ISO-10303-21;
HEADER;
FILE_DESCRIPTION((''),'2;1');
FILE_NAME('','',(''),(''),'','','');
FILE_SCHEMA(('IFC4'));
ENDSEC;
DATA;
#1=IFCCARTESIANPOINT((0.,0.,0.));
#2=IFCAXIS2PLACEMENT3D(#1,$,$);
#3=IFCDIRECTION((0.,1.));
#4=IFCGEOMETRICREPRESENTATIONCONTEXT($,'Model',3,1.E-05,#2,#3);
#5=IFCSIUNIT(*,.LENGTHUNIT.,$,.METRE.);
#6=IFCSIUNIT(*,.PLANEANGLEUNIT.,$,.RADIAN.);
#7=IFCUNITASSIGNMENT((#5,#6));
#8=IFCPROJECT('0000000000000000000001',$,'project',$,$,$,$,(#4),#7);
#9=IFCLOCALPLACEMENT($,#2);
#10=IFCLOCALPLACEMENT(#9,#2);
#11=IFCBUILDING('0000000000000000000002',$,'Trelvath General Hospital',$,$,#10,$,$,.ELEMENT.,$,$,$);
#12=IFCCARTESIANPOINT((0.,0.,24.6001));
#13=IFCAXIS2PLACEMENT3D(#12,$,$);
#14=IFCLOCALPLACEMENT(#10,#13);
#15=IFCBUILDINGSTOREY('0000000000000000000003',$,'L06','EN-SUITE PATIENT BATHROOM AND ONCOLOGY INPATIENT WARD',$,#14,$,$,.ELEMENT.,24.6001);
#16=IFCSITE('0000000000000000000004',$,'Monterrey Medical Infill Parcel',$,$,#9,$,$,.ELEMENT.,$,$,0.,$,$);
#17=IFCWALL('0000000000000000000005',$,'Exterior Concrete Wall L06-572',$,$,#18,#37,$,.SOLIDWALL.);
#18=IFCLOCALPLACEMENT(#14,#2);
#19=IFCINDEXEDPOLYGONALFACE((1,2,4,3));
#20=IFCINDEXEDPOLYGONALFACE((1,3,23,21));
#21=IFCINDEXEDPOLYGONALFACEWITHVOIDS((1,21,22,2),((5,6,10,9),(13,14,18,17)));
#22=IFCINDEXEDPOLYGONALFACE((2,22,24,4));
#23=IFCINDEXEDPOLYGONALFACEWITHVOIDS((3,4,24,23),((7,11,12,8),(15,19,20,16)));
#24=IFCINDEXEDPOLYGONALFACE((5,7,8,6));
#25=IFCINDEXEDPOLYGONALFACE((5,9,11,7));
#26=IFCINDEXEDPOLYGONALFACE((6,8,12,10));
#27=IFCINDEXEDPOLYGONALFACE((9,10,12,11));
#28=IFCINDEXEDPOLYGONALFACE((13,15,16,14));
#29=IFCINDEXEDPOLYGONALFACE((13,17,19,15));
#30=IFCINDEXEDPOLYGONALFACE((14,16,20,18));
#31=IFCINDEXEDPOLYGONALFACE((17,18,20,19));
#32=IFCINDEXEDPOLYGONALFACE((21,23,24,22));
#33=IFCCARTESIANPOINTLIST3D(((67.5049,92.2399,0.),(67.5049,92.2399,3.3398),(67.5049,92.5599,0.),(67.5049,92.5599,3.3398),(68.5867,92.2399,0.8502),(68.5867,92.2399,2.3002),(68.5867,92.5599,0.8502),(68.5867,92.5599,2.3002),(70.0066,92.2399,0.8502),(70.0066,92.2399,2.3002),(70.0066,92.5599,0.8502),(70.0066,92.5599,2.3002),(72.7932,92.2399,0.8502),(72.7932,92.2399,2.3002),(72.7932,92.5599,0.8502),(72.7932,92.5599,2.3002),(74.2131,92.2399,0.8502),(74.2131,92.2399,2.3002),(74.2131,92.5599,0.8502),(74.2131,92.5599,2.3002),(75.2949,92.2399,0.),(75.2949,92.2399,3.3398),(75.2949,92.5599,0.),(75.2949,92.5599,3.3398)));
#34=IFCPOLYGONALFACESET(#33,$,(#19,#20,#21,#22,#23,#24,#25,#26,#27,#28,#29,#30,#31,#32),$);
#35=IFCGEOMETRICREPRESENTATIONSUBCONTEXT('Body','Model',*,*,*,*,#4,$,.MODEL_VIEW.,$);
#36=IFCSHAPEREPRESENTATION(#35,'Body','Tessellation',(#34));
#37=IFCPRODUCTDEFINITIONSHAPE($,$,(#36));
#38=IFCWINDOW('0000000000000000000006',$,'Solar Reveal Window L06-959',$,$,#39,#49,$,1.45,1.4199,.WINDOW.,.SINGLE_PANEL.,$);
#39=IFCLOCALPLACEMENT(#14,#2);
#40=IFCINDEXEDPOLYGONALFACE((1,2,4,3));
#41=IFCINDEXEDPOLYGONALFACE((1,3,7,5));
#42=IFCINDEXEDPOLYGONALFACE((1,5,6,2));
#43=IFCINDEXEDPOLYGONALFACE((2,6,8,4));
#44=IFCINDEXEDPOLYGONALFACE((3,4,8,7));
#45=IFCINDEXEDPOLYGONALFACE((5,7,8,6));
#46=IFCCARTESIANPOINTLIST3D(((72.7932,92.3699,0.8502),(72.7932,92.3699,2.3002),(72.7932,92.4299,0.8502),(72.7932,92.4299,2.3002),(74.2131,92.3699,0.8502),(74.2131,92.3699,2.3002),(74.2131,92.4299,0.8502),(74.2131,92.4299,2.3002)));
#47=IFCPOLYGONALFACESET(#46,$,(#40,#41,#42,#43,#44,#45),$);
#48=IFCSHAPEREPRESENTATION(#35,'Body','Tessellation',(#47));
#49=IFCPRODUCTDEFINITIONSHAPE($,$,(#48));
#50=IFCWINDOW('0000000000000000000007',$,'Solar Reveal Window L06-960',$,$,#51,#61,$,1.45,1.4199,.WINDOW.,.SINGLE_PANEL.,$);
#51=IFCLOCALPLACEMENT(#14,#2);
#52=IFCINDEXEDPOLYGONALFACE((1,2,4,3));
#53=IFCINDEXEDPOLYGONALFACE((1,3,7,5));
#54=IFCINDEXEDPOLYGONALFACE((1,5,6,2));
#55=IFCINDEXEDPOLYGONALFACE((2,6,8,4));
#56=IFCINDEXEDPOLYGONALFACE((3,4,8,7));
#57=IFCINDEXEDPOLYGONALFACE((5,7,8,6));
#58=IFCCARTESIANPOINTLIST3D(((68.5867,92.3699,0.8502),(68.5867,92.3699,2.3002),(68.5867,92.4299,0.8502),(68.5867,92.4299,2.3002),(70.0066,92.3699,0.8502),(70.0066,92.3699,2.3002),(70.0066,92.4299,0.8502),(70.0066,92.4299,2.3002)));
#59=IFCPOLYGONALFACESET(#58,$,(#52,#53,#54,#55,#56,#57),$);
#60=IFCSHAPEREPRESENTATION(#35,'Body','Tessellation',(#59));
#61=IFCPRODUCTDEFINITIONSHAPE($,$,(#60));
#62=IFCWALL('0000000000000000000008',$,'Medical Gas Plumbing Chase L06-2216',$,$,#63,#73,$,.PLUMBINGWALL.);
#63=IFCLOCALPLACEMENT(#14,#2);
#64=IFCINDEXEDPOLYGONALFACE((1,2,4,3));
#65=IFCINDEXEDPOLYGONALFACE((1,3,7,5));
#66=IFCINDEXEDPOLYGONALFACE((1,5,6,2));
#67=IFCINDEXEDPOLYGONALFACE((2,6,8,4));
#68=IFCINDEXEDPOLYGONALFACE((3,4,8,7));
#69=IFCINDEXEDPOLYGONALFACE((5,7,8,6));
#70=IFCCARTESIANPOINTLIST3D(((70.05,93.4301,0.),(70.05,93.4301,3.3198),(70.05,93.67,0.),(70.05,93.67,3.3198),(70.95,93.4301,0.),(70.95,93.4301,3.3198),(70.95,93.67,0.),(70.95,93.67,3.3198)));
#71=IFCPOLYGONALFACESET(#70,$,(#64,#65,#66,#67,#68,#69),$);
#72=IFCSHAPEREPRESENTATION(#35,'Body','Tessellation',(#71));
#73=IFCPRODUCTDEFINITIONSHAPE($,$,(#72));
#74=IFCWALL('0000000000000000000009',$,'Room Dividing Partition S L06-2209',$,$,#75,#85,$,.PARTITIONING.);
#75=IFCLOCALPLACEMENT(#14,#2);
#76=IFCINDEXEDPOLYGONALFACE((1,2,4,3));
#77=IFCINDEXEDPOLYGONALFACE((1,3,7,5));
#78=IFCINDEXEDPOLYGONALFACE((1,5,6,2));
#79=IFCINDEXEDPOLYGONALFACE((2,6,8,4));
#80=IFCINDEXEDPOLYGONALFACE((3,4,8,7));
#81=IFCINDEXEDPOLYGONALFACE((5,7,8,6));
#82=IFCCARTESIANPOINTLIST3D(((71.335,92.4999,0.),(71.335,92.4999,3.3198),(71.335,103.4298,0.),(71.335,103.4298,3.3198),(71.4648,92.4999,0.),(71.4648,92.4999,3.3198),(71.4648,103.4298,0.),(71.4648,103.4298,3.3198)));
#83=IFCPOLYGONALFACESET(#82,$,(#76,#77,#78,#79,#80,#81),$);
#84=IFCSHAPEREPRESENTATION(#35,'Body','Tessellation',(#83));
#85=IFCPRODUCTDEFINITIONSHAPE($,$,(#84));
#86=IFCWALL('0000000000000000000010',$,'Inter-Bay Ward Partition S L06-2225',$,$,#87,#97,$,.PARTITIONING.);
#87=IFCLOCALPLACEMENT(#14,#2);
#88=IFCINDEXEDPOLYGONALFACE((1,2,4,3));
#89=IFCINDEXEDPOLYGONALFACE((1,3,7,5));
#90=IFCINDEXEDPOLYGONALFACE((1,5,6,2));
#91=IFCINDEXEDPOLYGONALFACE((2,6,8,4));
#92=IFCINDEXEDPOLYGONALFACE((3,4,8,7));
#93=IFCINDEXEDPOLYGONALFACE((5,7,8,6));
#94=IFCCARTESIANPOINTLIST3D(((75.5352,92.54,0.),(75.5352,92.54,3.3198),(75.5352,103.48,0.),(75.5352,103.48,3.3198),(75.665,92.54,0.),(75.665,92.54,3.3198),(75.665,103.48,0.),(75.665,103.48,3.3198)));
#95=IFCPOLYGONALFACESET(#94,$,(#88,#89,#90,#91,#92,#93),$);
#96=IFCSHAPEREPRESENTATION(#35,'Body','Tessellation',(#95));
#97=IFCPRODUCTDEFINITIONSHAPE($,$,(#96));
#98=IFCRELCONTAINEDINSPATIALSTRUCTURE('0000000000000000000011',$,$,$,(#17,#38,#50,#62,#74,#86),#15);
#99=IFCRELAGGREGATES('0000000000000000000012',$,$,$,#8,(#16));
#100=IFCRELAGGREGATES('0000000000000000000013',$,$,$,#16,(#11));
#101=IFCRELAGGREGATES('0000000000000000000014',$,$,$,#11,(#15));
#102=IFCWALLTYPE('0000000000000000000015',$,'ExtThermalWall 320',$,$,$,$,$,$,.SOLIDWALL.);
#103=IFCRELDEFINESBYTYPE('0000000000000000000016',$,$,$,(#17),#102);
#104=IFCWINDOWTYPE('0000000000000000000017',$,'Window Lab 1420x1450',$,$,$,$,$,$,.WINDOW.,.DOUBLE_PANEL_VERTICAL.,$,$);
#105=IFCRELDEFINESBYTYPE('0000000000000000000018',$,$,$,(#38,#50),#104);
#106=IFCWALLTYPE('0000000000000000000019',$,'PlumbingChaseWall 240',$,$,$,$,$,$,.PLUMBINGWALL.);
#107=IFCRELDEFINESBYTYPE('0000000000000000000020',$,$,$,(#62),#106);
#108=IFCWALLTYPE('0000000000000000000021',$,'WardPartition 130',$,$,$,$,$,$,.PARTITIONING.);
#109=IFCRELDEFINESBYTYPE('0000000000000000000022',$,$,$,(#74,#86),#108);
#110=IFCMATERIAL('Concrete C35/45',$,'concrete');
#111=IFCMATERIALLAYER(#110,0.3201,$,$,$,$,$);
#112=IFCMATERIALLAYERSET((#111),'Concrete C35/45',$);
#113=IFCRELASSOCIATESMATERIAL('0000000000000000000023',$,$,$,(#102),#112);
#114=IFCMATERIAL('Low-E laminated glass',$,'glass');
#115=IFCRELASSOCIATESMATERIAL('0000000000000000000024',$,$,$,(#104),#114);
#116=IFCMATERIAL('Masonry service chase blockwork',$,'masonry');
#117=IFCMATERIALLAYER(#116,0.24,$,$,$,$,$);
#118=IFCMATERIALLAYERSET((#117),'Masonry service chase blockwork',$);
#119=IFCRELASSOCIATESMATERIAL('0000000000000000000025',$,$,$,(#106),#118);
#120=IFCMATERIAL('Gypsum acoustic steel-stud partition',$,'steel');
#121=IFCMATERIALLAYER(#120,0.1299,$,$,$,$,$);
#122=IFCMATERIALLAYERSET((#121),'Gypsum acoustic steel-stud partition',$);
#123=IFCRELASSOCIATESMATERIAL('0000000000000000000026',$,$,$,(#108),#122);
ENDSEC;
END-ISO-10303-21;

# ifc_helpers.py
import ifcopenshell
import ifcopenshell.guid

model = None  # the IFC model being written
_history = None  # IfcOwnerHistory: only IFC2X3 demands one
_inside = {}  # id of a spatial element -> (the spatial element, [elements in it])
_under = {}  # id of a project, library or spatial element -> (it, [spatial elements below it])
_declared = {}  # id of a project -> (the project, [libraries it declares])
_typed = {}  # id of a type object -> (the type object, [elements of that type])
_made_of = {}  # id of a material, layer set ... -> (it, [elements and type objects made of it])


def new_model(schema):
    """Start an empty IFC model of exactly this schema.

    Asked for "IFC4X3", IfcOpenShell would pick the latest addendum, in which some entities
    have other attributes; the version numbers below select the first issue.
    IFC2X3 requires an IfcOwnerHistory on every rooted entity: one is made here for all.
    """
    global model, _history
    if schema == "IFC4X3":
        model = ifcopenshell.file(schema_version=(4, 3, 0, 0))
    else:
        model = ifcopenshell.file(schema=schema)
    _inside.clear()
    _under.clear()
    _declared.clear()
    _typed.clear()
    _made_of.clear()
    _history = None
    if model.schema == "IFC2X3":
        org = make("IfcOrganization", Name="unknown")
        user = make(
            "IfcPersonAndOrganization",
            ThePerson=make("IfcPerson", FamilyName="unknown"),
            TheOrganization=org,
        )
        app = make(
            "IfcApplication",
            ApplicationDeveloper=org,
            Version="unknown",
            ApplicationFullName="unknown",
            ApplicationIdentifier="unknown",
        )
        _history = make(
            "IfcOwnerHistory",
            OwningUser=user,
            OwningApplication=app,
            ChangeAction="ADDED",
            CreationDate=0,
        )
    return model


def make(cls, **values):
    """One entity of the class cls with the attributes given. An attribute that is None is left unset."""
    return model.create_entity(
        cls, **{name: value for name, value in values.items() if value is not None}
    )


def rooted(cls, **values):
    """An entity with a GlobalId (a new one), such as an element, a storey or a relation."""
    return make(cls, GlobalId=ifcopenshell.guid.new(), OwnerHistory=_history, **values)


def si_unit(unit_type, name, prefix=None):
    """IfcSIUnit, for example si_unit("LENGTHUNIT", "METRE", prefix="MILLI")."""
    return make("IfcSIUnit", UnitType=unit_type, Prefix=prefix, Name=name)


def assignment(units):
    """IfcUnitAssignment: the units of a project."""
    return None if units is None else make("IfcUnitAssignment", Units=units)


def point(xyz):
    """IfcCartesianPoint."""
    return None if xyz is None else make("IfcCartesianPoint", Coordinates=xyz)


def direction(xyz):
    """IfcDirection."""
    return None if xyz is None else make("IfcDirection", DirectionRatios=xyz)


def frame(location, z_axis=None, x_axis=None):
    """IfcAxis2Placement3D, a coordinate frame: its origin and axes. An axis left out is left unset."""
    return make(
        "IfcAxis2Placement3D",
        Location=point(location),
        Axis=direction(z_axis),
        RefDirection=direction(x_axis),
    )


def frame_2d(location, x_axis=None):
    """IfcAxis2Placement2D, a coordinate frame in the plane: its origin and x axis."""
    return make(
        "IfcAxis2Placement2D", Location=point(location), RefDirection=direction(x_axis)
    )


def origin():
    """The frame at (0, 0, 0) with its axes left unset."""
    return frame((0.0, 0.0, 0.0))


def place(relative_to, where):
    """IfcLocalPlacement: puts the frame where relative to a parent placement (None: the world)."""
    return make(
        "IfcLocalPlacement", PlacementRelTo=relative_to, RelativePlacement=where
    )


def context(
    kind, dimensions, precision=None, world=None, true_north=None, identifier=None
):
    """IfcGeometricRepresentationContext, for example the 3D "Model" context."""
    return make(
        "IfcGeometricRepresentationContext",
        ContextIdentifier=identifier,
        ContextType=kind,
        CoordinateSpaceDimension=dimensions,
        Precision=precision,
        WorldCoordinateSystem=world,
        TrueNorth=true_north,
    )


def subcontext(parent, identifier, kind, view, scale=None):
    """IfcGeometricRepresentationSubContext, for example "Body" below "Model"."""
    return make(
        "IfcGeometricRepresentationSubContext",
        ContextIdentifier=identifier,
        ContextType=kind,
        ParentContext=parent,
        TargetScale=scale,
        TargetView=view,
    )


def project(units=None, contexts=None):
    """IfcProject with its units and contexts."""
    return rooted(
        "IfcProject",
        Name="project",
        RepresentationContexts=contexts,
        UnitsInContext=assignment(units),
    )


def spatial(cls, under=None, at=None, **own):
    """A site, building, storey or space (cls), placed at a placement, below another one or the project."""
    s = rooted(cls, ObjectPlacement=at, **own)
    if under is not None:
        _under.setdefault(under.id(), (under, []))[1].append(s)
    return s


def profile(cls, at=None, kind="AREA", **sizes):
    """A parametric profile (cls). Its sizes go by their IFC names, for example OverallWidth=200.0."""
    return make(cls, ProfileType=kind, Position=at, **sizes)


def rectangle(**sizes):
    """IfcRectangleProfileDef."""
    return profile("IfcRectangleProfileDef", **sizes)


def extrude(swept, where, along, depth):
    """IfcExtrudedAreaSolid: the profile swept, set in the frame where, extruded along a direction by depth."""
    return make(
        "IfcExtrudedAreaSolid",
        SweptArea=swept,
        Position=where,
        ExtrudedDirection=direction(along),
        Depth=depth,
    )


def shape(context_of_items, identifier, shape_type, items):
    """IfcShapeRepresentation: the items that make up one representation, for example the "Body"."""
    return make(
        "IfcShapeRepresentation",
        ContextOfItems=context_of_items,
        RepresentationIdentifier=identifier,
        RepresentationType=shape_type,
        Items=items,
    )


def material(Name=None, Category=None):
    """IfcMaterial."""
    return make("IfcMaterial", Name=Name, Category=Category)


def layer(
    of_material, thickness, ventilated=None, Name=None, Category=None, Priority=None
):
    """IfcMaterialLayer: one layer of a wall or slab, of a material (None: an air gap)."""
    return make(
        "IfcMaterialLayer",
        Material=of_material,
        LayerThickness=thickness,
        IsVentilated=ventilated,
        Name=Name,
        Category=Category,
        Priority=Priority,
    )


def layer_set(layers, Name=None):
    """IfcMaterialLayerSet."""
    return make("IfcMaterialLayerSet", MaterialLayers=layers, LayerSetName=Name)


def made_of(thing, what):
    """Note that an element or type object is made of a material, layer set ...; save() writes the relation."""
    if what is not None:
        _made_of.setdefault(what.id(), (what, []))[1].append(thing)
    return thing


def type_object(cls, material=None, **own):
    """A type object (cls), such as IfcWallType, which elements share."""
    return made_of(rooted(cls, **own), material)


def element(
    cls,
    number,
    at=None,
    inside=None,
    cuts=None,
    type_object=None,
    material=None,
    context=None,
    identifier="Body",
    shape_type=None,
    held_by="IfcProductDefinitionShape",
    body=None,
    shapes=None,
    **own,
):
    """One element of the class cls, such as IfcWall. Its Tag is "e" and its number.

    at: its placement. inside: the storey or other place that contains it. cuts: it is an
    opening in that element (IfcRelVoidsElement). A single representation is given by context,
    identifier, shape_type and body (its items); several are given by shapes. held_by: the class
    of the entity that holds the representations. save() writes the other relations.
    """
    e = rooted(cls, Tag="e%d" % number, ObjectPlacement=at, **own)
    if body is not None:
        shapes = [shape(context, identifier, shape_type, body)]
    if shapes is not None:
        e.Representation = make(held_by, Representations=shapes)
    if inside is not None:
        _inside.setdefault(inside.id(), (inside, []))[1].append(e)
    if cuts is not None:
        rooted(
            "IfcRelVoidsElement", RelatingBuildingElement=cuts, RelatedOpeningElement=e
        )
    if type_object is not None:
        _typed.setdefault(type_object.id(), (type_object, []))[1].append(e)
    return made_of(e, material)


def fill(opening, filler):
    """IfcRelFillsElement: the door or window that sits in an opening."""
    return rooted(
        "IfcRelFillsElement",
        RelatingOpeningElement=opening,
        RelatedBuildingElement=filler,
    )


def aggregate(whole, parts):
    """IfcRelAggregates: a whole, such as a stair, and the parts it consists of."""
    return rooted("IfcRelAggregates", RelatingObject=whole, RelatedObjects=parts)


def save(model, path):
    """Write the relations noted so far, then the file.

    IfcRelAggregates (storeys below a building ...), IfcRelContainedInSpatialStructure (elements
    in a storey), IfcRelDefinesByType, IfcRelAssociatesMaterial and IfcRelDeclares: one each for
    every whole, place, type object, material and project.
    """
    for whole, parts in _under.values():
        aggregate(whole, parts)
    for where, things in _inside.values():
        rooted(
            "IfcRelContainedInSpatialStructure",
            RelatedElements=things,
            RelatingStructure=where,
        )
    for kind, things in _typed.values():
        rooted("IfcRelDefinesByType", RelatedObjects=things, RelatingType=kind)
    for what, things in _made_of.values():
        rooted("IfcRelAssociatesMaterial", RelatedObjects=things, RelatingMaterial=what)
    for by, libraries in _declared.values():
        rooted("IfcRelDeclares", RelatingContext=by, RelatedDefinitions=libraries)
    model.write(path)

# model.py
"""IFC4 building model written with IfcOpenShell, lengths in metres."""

from ifc_helpers import new_model, si_unit, direction, frame, frame_2d, origin, place, context, subcontext, project, spatial, rectangle, extrude, material, layer, layer_set, type_object, element, fill, save


model = new_model("IFC4")

# Units and contexts
model_context = context("Model", 3, precision=1e-05, world=origin(), true_north=direction((0.0, 1.0)))
body_context = subcontext(model_context, "Body", "Model", "MODEL_VIEW")
ifc_project = project(units=[si_unit("LENGTHUNIT", "METRE"), si_unit("PLANEANGLEUNIT", "RADIAN")], contexts=[model_context])

# Site, building, storey
site_placement = place(None, origin())
site = spatial("IfcSite", under=ifc_project, at=site_placement, Name="Monterrey Medical Infill Parcel", CompositionType="ELEMENT", RefElevation=0.0)
building_placement = place(site_placement, origin())
building = spatial("IfcBuilding", under=site, at=building_placement, Name="Trelvath General Hospital", CompositionType="ELEMENT")
storey_placement = place(building_placement, frame((0.0, 0.0, 24.6001)))
storey = spatial("IfcBuildingStorey", under=building, at=storey_placement, Name="L06", Description="EN-SUITE PATIENT BATHROOM AND ONCOLOGY INPATIENT WARD", CompositionType="ELEMENT", Elevation=24.6001)

# Wall, openings, windows
ifc_material_1 = material(Name="Concrete C35/45", Category="concrete")
ifc_layer_1 = layer(ifc_material_1, 0.3201)
ifc_layer_set_1 = layer_set([ifc_layer_1], Name="Concrete C35/45")
wall_type_1 = type_object("IfcWallType", Name="ExtThermalWall 320", PredefinedType="SOLIDWALL", material=ifc_layer_set_1)
wall_1_placement = place(storey_placement, frame((75.2949, 92.3999, 0.0), z_axis=(0.0, 0.0, 1.0), x_axis=(-1.0, 0.0, 0.0)))
wall_1 = element("IfcWall", 1, at=wall_1_placement, inside=storey, type_object=wall_type_1, Name="Exterior Concrete Wall L06-572", PredefinedType="SOLIDWALL", context=body_context, shape_type="SweptSolid", body=[
    extrude(rectangle(XDim=7.79, YDim=0.3201, at=frame_2d((3.895, 0.0))), origin(), (0.0, 0.0, 1.0), 3.3398),
])
opening_1_placement = place(wall_1_placement, frame((1.0818, 0.0, 0.8501)))
opening_1 = element("IfcOpeningElement", 2, at=opening_1_placement, cuts=wall_1, PredefinedType="OPENING", context=body_context, shape_type="SweptSolid", body=[
    extrude(rectangle(XDim=1.4199, YDim=1.45, at=frame_2d((0.71, 0.7251))), frame((0.0, 0.1699, 0.0), z_axis=(0.0, -1.0, 0.0), x_axis=(1.0, 0.0, 0.0)), (0.0, 0.0, 1.0), 0.3401),
])
opening_2_placement = place(wall_1_placement, frame((5.2883, 0.0, 0.8501)))
opening_2 = element("IfcOpeningElement", 3, at=opening_2_placement, cuts=wall_1, PredefinedType="OPENING", context=body_context, shape_type="SweptSolid", body=[
    extrude(rectangle(XDim=1.4199, YDim=1.45, at=frame_2d((0.71, 0.7251))), frame((0.0, 0.1699, 0.0), z_axis=(0.0, -1.0, 0.0), x_axis=(1.0, 0.0, 0.0)), (0.0, 0.0, 1.0), 0.3401),
])
ifc_material_2 = material(Name="Low-E laminated glass", Category="glass")
window_type = type_object("IfcWindowType", Name="Window Lab 1420x1450", PartitioningType="DOUBLE_PANEL_VERTICAL", PredefinedType="WINDOW", material=ifc_material_2)
window_1_placement = place(opening_1_placement, origin())
window_1 = element("IfcWindow", 4, at=window_1_placement, inside=storey, type_object=window_type, Name="Solar Reveal Window L06-959", OverallHeight=1.45, OverallWidth=1.4199, PartitioningType="SINGLE_PANEL", PredefinedType="WINDOW", context=body_context, shape_type="SweptSolid", body=[
    extrude(rectangle(XDim=1.4199, YDim=1.45, at=frame_2d((0.71, 0.7251))), frame((0.0, 0.03, 0.0), z_axis=(0.0, -1.0, 0.0), x_axis=(1.0, 0.0, 0.0)), (0.0, 0.0, 1.0), 0.0601),
])
fill(opening_1, window_1)
window_2_placement = place(opening_2_placement, origin())
window_2 = element("IfcWindow", 5, at=window_2_placement, inside=storey, type_object=window_type, Name="Solar Reveal Window L06-960", OverallHeight=1.45, OverallWidth=1.4199, PartitioningType="SINGLE_PANEL", PredefinedType="WINDOW", context=body_context, shape_type="SweptSolid", body=[
    extrude(rectangle(XDim=1.4199, YDim=1.45, at=frame_2d((0.71, 0.7251))), frame((0.0, 0.03, 0.0), z_axis=(0.0, -1.0, 0.0), x_axis=(1.0, 0.0, 0.0)), (0.0, 0.0, 1.0), 0.0601),
])
fill(opening_2, window_2)

# Walls
ifc_material_3 = material(Name="Masonry service chase blockwork", Category="masonry")
ifc_layer_2 = layer(ifc_material_3, 0.24)
ifc_layer_set_2 = layer_set([ifc_layer_2], Name="Masonry service chase blockwork")
wall_type_2 = type_object("IfcWallType", Name="PlumbingChaseWall 240", PredefinedType="PLUMBINGWALL", material=ifc_layer_set_2)
wall_2_placement = place(storey_placement, frame((70.05, 93.55, 0.0), z_axis=(0.0, 0.0, 1.0), x_axis=(1.0, 0.0, 0.0)))
element("IfcWall", 6, at=wall_2_placement, inside=storey, type_object=wall_type_2, Name="Medical Gas Plumbing Chase L06-2216", PredefinedType="PLUMBINGWALL", context=body_context, shape_type="SweptSolid", body=[
    extrude(rectangle(XDim=0.8999, YDim=0.24, at=frame_2d((0.45, 0.0))), origin(), (0.0, 0.0, 1.0), 3.3198),
])
ifc_material_4 = material(Name="Gypsum acoustic steel-stud partition", Category="steel")
ifc_layer_3 = layer(ifc_material_4, 0.1299)
ifc_layer_set_3 = layer_set([ifc_layer_3], Name="Gypsum acoustic steel-stud partition")
wall_type_3 = type_object("IfcWallType", Name="WardPartition 130", PredefinedType="PARTITIONING", material=ifc_layer_set_3)
wall_3_placement = place(storey_placement, frame((71.3999, 92.5, 0.0), z_axis=(0.0, 0.0, 1.0), x_axis=(0.0, 1.0, 0.0)))
element("IfcWall", 7, at=wall_3_placement, inside=storey, type_object=wall_type_3, Name="Room Dividing Partition S L06-2209", PredefinedType="PARTITIONING", context=body_context, shape_type="SweptSolid", body=[
    extrude(rectangle(XDim=10.9299, YDim=0.1299, at=frame_2d((5.4648, 0.0))), origin(), (0.0, 0.0, 1.0), 3.3198),
])
wall_4_placement = place(storey_placement, frame((75.6001, 92.54, 0.0), z_axis=(0.0, 0.0, 1.0), x_axis=(0.0, 1.0, 0.0)))
element("IfcWall", 8, at=wall_4_placement, inside=storey, type_object=wall_type_3, Name="Inter-Bay Ward Partition S L06-2225", PredefinedType="PARTITIONING", context=body_context, shape_type="SweptSolid", body=[
    extrude(rectangle(XDim=10.9399, YDim=0.1299, at=frame_2d((5.47, 0.0))), origin(), (0.0, 0.0, 1.0), 3.3198),
])

save(model, "model.ifc")
